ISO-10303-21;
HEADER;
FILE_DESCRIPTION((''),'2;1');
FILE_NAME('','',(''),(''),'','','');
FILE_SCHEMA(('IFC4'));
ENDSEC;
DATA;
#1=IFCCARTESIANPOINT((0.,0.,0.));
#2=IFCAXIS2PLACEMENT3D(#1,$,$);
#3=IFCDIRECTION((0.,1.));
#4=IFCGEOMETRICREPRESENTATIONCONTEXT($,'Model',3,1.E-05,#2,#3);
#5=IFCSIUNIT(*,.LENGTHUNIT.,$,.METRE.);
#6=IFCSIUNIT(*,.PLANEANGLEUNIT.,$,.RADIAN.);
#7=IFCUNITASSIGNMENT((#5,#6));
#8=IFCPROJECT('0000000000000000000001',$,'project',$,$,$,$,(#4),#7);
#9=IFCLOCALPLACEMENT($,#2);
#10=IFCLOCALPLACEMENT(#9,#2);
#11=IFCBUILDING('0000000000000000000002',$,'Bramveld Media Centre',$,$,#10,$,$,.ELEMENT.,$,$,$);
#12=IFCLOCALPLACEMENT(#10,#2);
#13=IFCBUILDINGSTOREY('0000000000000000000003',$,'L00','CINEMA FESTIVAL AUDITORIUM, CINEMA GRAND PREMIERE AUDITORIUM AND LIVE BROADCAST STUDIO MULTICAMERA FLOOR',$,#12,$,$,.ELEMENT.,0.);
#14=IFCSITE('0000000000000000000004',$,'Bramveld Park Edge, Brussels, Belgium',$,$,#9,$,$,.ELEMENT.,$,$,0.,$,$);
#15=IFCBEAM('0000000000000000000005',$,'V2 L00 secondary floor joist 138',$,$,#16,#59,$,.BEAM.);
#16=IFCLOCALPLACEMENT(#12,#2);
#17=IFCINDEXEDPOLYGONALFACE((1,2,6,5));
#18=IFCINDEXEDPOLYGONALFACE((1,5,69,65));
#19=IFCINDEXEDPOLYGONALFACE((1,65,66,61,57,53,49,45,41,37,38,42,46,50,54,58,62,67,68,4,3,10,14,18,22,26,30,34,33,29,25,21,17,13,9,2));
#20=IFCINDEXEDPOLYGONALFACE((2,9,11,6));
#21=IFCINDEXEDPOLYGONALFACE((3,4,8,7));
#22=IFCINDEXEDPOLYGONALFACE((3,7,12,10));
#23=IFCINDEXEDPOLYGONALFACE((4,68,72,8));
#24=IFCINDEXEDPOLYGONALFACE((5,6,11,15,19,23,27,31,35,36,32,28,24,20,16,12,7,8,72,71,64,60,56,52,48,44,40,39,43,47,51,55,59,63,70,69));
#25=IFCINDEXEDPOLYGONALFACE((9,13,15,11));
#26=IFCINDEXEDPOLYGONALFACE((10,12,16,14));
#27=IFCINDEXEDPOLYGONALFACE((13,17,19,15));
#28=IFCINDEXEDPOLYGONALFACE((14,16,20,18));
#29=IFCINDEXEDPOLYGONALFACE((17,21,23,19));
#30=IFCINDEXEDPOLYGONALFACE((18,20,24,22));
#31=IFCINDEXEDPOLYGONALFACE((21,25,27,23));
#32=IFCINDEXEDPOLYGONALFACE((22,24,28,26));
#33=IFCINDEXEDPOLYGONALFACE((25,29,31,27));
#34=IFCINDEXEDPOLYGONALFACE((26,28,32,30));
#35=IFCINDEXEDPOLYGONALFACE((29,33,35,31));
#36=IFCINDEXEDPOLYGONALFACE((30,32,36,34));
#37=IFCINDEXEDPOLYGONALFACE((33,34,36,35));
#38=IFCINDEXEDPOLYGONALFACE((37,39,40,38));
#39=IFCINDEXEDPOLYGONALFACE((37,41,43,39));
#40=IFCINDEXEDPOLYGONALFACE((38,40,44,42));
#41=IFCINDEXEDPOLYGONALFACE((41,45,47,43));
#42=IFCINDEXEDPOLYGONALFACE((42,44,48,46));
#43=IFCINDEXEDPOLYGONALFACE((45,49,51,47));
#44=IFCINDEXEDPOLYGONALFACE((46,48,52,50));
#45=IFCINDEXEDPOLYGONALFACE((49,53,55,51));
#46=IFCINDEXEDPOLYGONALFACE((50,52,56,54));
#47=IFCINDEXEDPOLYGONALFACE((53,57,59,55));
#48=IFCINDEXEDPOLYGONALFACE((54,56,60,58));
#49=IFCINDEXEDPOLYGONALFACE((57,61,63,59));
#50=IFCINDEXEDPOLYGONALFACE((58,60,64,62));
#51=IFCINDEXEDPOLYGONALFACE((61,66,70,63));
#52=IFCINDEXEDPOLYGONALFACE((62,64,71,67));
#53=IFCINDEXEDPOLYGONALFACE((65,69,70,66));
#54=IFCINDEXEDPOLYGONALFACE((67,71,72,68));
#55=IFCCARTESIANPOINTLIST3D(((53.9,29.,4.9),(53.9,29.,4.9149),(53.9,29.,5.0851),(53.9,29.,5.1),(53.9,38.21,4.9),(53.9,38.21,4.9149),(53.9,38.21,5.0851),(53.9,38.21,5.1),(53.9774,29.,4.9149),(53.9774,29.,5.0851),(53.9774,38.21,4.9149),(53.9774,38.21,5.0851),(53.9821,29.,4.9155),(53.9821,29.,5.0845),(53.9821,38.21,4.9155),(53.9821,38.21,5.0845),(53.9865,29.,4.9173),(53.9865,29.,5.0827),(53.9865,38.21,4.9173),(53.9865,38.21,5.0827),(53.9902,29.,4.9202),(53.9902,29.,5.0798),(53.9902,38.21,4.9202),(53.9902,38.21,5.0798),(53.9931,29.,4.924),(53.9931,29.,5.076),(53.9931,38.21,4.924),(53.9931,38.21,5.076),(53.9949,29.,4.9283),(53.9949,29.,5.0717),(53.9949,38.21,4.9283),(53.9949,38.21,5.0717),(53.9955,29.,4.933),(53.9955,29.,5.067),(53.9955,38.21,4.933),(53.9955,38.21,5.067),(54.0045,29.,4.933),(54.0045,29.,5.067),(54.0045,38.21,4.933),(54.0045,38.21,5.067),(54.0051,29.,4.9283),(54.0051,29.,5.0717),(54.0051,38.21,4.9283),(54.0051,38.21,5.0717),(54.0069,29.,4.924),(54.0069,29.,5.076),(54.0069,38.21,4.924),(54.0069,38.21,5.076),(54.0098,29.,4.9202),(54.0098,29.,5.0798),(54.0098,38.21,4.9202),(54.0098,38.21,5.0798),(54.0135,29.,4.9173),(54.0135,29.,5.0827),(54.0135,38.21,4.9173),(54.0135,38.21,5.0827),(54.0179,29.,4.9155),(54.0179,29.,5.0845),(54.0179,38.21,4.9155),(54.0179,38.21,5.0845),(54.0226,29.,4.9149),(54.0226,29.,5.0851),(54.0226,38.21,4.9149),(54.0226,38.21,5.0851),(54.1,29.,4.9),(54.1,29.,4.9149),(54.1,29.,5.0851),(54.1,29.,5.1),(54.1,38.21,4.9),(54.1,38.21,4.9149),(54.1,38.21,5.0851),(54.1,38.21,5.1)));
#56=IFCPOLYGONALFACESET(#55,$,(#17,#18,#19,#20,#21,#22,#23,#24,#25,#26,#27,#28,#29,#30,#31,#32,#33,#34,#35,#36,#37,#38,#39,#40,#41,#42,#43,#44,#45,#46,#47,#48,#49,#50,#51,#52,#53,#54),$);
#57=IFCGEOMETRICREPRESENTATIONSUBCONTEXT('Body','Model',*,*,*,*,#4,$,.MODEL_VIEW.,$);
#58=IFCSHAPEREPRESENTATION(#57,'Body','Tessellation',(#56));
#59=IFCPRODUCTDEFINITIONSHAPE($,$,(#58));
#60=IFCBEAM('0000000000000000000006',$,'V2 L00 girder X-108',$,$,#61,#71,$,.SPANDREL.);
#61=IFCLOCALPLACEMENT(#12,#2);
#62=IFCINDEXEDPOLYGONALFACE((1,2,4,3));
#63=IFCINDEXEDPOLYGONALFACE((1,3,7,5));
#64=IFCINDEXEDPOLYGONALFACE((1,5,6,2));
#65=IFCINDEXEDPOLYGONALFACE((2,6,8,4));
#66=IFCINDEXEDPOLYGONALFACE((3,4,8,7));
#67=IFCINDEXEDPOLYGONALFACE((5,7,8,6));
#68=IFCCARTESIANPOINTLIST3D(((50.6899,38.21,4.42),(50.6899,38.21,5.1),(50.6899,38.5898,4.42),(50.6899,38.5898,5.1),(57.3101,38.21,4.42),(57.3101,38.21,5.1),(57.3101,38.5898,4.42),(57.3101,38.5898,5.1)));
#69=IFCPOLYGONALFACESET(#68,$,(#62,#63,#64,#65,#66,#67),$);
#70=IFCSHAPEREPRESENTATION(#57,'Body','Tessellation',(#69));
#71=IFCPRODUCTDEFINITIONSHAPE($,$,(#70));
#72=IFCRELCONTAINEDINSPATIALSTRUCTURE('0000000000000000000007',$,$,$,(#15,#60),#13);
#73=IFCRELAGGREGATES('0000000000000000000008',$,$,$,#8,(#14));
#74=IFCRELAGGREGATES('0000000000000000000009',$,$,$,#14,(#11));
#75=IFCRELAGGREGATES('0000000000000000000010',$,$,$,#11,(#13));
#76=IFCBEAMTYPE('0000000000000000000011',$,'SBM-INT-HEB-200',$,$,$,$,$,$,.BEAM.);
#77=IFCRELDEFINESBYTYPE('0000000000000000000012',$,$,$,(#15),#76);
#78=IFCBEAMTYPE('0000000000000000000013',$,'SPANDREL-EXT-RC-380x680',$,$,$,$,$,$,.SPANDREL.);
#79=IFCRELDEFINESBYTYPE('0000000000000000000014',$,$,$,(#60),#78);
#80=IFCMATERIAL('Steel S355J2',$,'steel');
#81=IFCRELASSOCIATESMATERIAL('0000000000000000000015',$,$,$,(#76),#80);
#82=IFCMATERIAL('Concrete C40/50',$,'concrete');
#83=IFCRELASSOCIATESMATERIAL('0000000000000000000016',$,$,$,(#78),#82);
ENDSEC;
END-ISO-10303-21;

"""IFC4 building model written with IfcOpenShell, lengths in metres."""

from ifc_helpers import new_model, si_unit, direction, frame, origin, origin_2d, place, context, subcontext, project, spatial, rectangle, i_section, extrude, material, material_profile, profile_set, type_object, element, save


model = new_model("IFC4")

# Units and contexts
model_context = context("Model", 3, precision=1e-05, world=origin(), true_north=direction((0.0, 1.0)))
body_context = subcontext(model_context, "Body", "Model", "MODEL_VIEW")
ifc_project = project(units=[si_unit("LENGTHUNIT", "METRE"), si_unit("PLANEANGLEUNIT", "RADIAN")], contexts=[model_context])

# Site, building, storey
site_placement = place(None, origin())
site = spatial("IfcSite", under=ifc_project, at=site_placement, Name="Bramveld Park Edge, Brussels, Belgium", CompositionType="ELEMENT", RefElevation=0.0)
building_placement = place(site_placement, origin())
building = spatial("IfcBuilding", under=site, at=building_placement, Name="Bramveld Media Centre", CompositionType="ELEMENT")
storey_placement = place(building_placement, origin())
storey = spatial("IfcBuildingStorey", under=building, at=storey_placement, Name="L00", Description="CINEMA FESTIVAL AUDITORIUM, CINEMA GRAND PREMIERE AUDITORIUM AND LIVE BROADCAST STUDIO MULTICAMERA FLOOR", CompositionType="ELEMENT", Elevation=0.0)

# Beams
ifc_material_1 = material(Name="Steel S355J2", Category="steel")
ifc_material_profile_1 = material_profile(ifc_material_1, i_section(OverallWidth=0.2, OverallDepth=0.2, WebThickness=0.009, FlangeThickness=0.0149, FilletRadius=0.0181, at=origin_2d()), Name="HEB 200")
ifc_profile_set_1 = profile_set([ifc_material_profile_1], Name="Steel S355J2")
beam_type_1 = type_object("IfcBeamType", Name="SBM-INT-HEB-200", PredefinedType="BEAM", material=ifc_profile_set_1)
beam_1_placement = place(storey_placement, frame((54.0, 29.0, 5.0), z_axis=(0.0, 1.0, 0.0), x_axis=(-1.0, 0.0, 0.0)))
element("IfcBeam", 1, at=beam_1_placement, inside=storey, type_object=beam_type_1, Name="V2 L00 secondary floor joist 138", PredefinedType="BEAM", context=body_context, shape_type="SweptSolid", body=[
    extrude(i_section(OverallWidth=0.2, OverallDepth=0.2, WebThickness=0.009, FlangeThickness=0.0149, FilletRadius=0.0181, at=origin_2d()), origin(), (0.0, 0.0, 1.0), 9.21),
])
ifc_material_2 = material(Name="Concrete C40/50", Category="concrete")
ifc_material_profile_2 = material_profile(ifc_material_2, rectangle(XDim=0.3799, YDim=0.6799, at=origin_2d()), Name="RC 380x680")
ifc_profile_set_2 = profile_set([ifc_material_profile_2], Name="Concrete C40/50")
beam_type_2 = type_object("IfcBeamType", Name="SPANDREL-EXT-RC-380x680", PredefinedType="SPANDREL", material=ifc_profile_set_2)
beam_2_placement = place(storey_placement, frame((50.6899, 38.3999, 4.76), z_axis=(1.0, 0.0, 0.0), x_axis=(0.0, 1.0, 0.0)))
element("IfcBeam", 2, at=beam_2_placement, inside=storey, type_object=beam_type_2, Name="V2 L00 girder X-108", PredefinedType="SPANDREL", context=body_context, shape_type="SweptSolid", body=[
    extrude(rectangle(XDim=0.3799, YDim=0.6799, at=origin_2d()), origin(), (0.0, 0.0, 1.0), 6.6201),
])

save(model, "model.ifc")
